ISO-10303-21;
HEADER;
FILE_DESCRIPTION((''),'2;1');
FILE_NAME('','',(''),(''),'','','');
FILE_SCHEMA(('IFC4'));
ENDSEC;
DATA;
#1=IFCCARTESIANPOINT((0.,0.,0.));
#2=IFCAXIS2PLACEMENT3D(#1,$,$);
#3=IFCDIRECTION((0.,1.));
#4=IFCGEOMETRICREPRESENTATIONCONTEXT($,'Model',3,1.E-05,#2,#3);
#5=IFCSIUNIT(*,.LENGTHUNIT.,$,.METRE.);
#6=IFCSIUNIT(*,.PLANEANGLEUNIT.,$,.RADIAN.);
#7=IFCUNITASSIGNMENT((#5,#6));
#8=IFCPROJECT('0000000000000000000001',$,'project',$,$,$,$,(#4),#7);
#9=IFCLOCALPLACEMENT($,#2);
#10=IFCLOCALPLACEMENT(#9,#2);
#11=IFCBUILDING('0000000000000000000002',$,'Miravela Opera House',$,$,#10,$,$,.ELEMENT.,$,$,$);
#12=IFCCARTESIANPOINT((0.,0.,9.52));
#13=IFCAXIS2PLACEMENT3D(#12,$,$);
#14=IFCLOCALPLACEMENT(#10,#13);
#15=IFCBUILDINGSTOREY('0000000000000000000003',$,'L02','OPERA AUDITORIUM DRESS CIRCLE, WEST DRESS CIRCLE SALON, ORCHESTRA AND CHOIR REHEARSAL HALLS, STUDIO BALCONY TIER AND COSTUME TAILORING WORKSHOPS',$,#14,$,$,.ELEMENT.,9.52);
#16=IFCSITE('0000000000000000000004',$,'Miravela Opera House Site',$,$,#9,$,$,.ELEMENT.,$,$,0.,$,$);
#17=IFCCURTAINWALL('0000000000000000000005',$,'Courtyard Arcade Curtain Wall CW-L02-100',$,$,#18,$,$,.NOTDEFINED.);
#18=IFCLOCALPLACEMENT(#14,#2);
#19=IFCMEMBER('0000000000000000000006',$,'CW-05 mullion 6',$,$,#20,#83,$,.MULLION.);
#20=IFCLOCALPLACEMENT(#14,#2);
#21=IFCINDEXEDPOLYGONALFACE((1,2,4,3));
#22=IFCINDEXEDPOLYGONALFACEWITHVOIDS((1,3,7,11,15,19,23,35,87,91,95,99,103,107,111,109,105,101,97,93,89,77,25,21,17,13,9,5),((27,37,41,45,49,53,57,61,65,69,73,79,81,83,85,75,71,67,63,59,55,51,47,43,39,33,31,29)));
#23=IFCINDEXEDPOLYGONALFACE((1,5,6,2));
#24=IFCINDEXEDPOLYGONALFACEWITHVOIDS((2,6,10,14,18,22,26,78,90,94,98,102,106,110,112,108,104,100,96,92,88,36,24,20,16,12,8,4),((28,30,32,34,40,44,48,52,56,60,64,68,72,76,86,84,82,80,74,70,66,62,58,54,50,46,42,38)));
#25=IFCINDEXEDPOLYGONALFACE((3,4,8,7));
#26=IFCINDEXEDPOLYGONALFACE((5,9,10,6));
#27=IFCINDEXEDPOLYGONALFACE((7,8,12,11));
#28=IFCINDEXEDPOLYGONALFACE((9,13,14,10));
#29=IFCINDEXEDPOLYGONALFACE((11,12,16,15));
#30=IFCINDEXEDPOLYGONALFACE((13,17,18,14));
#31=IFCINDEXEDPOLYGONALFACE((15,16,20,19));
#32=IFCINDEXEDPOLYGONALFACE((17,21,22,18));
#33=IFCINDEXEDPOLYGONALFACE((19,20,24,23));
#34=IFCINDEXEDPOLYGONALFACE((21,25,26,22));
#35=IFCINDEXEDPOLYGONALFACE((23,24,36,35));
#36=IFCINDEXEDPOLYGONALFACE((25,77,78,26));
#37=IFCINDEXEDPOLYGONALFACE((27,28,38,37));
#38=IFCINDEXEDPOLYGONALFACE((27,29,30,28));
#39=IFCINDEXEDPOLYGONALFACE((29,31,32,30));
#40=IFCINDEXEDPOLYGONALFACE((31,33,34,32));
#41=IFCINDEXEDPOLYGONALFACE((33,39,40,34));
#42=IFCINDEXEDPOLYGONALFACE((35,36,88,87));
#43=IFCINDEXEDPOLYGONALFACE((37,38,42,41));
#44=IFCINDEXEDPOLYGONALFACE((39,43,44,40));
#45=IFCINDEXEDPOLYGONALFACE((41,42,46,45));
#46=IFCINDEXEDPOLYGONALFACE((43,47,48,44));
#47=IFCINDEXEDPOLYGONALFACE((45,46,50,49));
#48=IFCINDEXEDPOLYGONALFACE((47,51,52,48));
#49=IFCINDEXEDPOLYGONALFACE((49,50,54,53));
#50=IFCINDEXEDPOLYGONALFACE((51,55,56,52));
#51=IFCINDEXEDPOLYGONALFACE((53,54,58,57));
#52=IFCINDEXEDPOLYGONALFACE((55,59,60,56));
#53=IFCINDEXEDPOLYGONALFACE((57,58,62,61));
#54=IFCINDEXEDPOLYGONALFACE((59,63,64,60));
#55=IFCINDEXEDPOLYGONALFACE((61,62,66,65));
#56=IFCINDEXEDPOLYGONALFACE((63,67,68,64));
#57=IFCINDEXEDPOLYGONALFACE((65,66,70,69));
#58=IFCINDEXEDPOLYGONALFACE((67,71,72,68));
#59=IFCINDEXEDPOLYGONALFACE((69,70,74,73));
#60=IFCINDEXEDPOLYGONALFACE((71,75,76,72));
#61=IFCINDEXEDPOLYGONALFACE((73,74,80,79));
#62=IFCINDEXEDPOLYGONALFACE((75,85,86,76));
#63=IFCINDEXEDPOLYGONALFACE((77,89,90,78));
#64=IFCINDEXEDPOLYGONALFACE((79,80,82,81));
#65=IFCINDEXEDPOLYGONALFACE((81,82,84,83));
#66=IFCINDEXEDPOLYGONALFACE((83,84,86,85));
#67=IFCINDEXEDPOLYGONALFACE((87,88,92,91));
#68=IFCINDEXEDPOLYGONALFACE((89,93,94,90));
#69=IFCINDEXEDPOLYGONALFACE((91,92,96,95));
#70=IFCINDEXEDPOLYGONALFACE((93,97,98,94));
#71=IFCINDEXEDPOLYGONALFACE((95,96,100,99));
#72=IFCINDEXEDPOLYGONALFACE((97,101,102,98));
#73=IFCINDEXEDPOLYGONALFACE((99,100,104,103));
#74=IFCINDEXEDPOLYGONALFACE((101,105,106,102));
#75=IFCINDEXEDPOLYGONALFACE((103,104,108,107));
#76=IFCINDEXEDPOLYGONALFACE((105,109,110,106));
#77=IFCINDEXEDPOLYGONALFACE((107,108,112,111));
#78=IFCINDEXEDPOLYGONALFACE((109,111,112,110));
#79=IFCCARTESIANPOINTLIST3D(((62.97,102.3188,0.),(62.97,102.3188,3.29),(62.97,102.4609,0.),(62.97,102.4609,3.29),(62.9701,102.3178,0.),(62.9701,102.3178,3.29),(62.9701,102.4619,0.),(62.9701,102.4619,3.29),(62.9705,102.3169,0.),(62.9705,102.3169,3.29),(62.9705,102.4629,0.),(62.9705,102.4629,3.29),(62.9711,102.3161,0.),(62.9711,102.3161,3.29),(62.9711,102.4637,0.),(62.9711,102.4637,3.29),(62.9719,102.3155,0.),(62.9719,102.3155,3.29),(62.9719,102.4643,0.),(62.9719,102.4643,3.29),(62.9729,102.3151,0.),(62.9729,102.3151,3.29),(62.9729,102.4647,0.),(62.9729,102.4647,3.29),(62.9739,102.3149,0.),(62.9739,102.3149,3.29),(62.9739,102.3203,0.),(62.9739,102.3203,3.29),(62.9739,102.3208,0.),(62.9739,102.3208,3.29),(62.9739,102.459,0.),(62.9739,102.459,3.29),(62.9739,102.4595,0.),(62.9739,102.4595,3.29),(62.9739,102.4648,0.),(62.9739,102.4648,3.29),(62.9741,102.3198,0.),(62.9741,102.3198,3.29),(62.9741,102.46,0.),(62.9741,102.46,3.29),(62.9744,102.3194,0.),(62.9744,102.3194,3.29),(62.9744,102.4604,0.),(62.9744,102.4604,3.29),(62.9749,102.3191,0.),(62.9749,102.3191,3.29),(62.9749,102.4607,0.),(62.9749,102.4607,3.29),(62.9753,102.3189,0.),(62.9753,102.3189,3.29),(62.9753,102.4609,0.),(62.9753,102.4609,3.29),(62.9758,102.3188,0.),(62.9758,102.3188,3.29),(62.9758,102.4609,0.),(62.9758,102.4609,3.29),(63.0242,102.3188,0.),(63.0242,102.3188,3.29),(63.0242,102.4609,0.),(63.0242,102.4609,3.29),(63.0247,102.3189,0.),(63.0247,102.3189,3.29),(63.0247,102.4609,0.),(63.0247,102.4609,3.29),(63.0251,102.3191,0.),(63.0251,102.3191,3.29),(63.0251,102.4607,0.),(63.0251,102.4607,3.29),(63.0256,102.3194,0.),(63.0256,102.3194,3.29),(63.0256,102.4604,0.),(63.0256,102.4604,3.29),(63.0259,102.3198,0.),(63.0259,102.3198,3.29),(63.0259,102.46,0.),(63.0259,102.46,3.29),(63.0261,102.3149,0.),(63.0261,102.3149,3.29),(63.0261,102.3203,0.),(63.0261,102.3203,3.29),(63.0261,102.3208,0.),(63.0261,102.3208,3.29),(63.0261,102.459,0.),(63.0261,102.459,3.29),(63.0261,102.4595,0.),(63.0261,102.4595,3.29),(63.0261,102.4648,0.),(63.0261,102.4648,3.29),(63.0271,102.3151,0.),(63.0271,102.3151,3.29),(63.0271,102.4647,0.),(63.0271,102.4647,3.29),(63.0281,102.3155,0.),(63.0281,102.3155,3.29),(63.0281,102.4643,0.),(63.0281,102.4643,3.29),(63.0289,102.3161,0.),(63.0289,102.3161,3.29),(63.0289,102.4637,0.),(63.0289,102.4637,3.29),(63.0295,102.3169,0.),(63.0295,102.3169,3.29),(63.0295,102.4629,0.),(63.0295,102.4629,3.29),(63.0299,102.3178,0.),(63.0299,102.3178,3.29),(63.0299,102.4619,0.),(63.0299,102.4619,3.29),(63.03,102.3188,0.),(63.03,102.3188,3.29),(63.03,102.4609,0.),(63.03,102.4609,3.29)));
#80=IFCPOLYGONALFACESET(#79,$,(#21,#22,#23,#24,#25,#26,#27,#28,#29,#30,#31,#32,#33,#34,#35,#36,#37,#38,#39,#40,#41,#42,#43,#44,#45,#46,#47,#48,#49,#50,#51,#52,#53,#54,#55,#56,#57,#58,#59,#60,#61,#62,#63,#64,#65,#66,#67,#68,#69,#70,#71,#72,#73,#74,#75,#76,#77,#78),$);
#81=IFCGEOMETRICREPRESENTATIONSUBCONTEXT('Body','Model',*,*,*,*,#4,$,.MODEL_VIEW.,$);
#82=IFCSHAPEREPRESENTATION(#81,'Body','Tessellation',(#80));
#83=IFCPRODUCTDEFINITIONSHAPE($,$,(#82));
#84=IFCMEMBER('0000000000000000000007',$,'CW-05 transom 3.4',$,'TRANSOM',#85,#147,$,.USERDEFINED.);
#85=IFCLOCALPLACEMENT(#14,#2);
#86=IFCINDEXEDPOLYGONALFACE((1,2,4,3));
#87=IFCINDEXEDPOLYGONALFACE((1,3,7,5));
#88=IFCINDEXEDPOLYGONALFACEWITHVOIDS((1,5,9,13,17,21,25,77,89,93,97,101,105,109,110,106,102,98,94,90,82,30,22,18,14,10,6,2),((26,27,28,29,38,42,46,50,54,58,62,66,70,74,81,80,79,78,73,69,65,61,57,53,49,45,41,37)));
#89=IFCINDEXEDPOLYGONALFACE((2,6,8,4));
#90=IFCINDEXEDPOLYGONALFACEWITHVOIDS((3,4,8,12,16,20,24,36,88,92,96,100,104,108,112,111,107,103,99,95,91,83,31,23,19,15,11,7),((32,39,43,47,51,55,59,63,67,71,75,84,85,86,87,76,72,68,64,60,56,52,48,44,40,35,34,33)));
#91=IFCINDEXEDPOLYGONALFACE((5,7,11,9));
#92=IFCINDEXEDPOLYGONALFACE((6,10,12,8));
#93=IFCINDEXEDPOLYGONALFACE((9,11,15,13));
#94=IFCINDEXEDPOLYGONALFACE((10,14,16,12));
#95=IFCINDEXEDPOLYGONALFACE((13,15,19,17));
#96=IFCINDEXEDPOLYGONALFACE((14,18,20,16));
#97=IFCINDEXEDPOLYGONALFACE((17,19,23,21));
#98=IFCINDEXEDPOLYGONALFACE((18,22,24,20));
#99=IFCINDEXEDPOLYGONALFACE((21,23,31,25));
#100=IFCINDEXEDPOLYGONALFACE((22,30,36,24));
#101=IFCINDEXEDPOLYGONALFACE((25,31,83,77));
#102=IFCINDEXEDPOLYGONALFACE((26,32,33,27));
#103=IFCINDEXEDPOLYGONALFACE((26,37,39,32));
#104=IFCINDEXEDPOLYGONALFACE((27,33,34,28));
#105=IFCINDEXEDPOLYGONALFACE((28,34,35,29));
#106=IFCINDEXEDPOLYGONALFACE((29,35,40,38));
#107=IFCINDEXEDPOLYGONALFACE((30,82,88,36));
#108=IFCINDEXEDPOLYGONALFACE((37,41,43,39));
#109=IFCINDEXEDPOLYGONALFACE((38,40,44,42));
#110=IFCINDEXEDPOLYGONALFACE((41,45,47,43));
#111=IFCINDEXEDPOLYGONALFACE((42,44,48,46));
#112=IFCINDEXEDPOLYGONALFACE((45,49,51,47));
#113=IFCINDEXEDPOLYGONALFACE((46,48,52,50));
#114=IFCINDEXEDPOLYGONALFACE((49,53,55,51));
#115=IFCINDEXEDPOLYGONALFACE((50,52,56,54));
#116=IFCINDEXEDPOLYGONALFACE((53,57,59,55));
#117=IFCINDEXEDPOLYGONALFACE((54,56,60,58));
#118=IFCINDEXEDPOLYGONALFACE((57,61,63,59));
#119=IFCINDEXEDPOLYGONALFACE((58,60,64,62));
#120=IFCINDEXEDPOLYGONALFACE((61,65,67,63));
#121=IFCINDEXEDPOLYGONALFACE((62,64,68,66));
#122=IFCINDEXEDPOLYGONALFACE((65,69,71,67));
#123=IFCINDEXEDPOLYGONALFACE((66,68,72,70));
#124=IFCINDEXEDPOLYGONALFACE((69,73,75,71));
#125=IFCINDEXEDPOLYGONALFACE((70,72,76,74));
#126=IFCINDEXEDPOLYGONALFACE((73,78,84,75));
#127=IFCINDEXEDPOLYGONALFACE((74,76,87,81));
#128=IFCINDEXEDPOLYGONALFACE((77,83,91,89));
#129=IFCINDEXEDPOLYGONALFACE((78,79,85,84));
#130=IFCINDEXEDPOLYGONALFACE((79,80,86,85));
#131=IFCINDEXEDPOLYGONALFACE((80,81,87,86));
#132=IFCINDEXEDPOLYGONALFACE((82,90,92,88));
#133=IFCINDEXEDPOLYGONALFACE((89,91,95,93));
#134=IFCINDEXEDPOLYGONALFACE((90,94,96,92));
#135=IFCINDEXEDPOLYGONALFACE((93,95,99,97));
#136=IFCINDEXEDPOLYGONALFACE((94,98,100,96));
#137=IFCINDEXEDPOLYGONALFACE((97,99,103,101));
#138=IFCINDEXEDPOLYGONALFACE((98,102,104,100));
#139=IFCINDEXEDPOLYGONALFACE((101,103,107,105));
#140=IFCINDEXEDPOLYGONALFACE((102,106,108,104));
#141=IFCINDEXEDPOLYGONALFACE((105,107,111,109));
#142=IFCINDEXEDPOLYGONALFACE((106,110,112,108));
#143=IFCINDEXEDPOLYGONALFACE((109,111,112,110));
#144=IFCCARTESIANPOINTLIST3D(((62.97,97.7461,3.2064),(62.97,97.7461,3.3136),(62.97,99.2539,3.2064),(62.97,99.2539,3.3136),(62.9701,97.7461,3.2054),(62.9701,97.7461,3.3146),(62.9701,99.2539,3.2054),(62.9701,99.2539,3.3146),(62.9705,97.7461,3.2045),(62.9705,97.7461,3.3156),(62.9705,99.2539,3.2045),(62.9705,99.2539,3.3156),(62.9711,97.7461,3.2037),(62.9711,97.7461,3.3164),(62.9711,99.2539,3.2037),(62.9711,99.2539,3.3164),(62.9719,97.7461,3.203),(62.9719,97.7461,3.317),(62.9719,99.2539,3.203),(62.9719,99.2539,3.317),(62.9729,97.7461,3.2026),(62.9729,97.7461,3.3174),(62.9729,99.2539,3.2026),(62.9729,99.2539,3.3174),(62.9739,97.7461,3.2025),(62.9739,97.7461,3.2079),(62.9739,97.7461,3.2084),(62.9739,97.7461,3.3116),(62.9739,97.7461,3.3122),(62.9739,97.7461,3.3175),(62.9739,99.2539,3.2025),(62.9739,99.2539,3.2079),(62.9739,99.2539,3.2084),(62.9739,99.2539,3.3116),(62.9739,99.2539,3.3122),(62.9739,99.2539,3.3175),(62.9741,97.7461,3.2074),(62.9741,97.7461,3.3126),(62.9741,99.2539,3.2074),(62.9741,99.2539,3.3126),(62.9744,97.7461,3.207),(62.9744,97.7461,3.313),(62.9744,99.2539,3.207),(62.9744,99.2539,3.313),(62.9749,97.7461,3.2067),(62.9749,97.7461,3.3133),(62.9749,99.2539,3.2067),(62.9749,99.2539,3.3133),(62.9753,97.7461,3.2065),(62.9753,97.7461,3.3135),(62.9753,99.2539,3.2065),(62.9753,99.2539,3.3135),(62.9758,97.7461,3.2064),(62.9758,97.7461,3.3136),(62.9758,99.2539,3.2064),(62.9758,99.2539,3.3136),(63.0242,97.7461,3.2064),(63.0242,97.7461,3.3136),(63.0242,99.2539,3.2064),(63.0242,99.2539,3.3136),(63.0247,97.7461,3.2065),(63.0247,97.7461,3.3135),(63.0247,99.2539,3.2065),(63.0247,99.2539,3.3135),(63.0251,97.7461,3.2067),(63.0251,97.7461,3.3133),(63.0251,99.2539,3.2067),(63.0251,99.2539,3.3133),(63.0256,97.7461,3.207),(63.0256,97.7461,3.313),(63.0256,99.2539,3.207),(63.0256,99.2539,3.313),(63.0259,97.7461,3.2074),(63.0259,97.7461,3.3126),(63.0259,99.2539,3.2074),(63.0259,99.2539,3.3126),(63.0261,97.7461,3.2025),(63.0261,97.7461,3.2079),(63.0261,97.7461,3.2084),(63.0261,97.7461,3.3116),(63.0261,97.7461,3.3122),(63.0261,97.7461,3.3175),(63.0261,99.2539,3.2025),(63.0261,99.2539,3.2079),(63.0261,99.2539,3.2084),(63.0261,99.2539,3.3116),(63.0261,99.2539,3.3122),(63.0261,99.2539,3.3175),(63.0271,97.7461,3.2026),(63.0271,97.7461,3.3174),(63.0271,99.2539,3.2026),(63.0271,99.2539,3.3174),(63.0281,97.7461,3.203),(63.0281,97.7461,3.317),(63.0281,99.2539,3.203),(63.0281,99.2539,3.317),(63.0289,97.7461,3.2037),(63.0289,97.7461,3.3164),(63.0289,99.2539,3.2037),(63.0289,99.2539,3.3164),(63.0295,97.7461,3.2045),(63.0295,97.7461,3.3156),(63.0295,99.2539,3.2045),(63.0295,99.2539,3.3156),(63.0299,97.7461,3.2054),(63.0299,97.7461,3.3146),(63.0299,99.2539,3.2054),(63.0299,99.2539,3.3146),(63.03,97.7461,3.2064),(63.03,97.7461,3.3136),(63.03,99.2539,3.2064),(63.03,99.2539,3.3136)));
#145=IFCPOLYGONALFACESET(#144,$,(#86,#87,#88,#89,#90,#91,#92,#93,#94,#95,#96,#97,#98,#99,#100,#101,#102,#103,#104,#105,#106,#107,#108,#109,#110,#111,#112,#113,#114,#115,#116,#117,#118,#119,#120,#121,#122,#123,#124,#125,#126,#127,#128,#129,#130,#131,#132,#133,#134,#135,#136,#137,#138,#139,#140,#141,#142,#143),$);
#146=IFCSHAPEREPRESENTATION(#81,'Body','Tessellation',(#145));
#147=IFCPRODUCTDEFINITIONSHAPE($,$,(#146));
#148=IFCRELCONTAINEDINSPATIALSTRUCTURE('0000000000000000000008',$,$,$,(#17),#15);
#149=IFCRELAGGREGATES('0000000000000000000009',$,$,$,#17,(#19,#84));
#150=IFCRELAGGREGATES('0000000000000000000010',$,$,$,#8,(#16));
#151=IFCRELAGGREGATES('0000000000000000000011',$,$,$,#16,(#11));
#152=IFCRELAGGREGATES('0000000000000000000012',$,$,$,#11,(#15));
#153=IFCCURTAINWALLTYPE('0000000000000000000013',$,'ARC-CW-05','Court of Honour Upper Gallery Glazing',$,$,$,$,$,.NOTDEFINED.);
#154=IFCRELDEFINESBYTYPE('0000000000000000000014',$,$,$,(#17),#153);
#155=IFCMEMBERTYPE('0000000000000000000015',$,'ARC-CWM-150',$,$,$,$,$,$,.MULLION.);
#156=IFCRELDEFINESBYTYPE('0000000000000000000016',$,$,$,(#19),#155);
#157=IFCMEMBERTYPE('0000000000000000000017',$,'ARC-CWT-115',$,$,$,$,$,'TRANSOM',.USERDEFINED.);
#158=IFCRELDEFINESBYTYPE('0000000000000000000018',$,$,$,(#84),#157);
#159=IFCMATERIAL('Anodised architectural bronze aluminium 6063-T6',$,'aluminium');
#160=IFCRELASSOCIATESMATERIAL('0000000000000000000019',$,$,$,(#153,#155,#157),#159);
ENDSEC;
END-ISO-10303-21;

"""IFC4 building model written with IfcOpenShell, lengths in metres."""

from ifc_helpers import new_model, si_unit, direction, frame, origin, origin_2d, place, context, subcontext, project, spatial, hollow_rectangle, extrude, material, material_profile, profile_set, type_object, element, aggregate, save


model = new_model("IFC4")

# Units and contexts
model_context = context("Model", 3, precision=1e-05, world=origin(), true_north=direction((0.0, 1.0)))
body_context = subcontext(model_context, "Body", "Model", "MODEL_VIEW")
ifc_project = project(units=[si_unit("LENGTHUNIT", "METRE"), si_unit("PLANEANGLEUNIT", "RADIAN")], contexts=[model_context])

# Site, building, storey
site_placement = place(None, origin())
site = spatial("IfcSite", under=ifc_project, at=site_placement, Name="Miravela Opera House Site", CompositionType="ELEMENT", RefElevation=0.0)
building_placement = place(site_placement, origin())
building = spatial("IfcBuilding", under=site, at=building_placement, Name="Miravela Opera House", CompositionType="ELEMENT")
storey_placement = place(building_placement, frame((0.0, 0.0, 9.52)))
storey = spatial("IfcBuildingStorey", under=building, at=storey_placement, Name="L02", Description="OPERA AUDITORIUM DRESS CIRCLE, WEST DRESS CIRCLE SALON, ORCHESTRA AND CHOIR REHEARSAL HALLS, STUDIO BALCONY TIER AND COSTUME TAILORING WORKSHOPS", CompositionType="ELEMENT", Elevation=9.52)

# Curtain wall, members
ifc_material_1 = material(Name="Anodised architectural bronze aluminium 6063-T6", Category="aluminium")
curtain_wall_type = type_object("IfcCurtainWallType", Name="ARC-CW-05", Description="Court of Honour Upper Gallery Glazing", PredefinedType="NOTDEFINED", material=ifc_material_1)
curtain_wall_placement = place(storey_placement, origin())
curtain_wall = element("IfcCurtainWall", 1, at=curtain_wall_placement, inside=storey, type_object=curtain_wall_type, Name="Courtyard Arcade Curtain Wall CW-L02-100", PredefinedType="NOTDEFINED")
ifc_material_profile_1 = material_profile(ifc_material_1, hollow_rectangle(XDim=0.0601, YDim=0.1499, WallThickness=0.0039, InnerFilletRadius=0.002, OuterFilletRadius=0.0039, at=origin_2d()), Name="CWM-60X150")
ifc_profile_set_1 = profile_set([ifc_material_profile_1])
member_type_1 = type_object("IfcMemberType", Name="ARC-CWM-150", PredefinedType="MULLION", material=ifc_profile_set_1)
member_1_placement = place(storey_placement, frame((63.0, 102.3899, 0.0), z_axis=(0.0, 0.0, 1.0), x_axis=(-1.0, 0.0, 0.0)))
member_1 = element("IfcMember", 2, at=member_1_placement, type_object=member_type_1, Name="CW-05 mullion 6", PredefinedType="MULLION", context=body_context, shape_type="SweptSolid", body=[
    extrude(hollow_rectangle(XDim=0.0601, YDim=0.1499, WallThickness=0.0039, InnerFilletRadius=0.002, OuterFilletRadius=0.0039, at=origin_2d()), origin(), (0.0, 0.0, 1.0), 3.29),
])
ifc_material_profile_2 = material_profile(ifc_material_1, hollow_rectangle(XDim=0.0601, YDim=0.115, WallThickness=0.0039, InnerFilletRadius=0.002, OuterFilletRadius=0.0039, at=origin_2d()), Name="CWT-60X115")
ifc_profile_set_2 = profile_set([ifc_material_profile_2])
member_type_2 = type_object("IfcMemberType", Name="ARC-CWT-115", ElementType="TRANSOM", PredefinedType="USERDEFINED", material=ifc_profile_set_2)
member_2_placement = place(storey_placement, frame((63.0, 97.7461, 3.26), z_axis=(0.0, 1.0, 0.0), x_axis=(-1.0, 0.0, 0.0)))
member_2 = element("IfcMember", 3, at=member_2_placement, type_object=member_type_2, Name="CW-05 transom 3.4", ObjectType="TRANSOM", PredefinedType="USERDEFINED", context=body_context, shape_type="SweptSolid", body=[
    extrude(hollow_rectangle(XDim=0.0601, YDim=0.115, WallThickness=0.0039, InnerFilletRadius=0.002, OuterFilletRadius=0.0039, at=origin_2d()), origin(), (0.0, 0.0, 1.0), 1.5078),
])

aggregate(curtain_wall, [member_1, member_2])

save(model, "model.ifc")
